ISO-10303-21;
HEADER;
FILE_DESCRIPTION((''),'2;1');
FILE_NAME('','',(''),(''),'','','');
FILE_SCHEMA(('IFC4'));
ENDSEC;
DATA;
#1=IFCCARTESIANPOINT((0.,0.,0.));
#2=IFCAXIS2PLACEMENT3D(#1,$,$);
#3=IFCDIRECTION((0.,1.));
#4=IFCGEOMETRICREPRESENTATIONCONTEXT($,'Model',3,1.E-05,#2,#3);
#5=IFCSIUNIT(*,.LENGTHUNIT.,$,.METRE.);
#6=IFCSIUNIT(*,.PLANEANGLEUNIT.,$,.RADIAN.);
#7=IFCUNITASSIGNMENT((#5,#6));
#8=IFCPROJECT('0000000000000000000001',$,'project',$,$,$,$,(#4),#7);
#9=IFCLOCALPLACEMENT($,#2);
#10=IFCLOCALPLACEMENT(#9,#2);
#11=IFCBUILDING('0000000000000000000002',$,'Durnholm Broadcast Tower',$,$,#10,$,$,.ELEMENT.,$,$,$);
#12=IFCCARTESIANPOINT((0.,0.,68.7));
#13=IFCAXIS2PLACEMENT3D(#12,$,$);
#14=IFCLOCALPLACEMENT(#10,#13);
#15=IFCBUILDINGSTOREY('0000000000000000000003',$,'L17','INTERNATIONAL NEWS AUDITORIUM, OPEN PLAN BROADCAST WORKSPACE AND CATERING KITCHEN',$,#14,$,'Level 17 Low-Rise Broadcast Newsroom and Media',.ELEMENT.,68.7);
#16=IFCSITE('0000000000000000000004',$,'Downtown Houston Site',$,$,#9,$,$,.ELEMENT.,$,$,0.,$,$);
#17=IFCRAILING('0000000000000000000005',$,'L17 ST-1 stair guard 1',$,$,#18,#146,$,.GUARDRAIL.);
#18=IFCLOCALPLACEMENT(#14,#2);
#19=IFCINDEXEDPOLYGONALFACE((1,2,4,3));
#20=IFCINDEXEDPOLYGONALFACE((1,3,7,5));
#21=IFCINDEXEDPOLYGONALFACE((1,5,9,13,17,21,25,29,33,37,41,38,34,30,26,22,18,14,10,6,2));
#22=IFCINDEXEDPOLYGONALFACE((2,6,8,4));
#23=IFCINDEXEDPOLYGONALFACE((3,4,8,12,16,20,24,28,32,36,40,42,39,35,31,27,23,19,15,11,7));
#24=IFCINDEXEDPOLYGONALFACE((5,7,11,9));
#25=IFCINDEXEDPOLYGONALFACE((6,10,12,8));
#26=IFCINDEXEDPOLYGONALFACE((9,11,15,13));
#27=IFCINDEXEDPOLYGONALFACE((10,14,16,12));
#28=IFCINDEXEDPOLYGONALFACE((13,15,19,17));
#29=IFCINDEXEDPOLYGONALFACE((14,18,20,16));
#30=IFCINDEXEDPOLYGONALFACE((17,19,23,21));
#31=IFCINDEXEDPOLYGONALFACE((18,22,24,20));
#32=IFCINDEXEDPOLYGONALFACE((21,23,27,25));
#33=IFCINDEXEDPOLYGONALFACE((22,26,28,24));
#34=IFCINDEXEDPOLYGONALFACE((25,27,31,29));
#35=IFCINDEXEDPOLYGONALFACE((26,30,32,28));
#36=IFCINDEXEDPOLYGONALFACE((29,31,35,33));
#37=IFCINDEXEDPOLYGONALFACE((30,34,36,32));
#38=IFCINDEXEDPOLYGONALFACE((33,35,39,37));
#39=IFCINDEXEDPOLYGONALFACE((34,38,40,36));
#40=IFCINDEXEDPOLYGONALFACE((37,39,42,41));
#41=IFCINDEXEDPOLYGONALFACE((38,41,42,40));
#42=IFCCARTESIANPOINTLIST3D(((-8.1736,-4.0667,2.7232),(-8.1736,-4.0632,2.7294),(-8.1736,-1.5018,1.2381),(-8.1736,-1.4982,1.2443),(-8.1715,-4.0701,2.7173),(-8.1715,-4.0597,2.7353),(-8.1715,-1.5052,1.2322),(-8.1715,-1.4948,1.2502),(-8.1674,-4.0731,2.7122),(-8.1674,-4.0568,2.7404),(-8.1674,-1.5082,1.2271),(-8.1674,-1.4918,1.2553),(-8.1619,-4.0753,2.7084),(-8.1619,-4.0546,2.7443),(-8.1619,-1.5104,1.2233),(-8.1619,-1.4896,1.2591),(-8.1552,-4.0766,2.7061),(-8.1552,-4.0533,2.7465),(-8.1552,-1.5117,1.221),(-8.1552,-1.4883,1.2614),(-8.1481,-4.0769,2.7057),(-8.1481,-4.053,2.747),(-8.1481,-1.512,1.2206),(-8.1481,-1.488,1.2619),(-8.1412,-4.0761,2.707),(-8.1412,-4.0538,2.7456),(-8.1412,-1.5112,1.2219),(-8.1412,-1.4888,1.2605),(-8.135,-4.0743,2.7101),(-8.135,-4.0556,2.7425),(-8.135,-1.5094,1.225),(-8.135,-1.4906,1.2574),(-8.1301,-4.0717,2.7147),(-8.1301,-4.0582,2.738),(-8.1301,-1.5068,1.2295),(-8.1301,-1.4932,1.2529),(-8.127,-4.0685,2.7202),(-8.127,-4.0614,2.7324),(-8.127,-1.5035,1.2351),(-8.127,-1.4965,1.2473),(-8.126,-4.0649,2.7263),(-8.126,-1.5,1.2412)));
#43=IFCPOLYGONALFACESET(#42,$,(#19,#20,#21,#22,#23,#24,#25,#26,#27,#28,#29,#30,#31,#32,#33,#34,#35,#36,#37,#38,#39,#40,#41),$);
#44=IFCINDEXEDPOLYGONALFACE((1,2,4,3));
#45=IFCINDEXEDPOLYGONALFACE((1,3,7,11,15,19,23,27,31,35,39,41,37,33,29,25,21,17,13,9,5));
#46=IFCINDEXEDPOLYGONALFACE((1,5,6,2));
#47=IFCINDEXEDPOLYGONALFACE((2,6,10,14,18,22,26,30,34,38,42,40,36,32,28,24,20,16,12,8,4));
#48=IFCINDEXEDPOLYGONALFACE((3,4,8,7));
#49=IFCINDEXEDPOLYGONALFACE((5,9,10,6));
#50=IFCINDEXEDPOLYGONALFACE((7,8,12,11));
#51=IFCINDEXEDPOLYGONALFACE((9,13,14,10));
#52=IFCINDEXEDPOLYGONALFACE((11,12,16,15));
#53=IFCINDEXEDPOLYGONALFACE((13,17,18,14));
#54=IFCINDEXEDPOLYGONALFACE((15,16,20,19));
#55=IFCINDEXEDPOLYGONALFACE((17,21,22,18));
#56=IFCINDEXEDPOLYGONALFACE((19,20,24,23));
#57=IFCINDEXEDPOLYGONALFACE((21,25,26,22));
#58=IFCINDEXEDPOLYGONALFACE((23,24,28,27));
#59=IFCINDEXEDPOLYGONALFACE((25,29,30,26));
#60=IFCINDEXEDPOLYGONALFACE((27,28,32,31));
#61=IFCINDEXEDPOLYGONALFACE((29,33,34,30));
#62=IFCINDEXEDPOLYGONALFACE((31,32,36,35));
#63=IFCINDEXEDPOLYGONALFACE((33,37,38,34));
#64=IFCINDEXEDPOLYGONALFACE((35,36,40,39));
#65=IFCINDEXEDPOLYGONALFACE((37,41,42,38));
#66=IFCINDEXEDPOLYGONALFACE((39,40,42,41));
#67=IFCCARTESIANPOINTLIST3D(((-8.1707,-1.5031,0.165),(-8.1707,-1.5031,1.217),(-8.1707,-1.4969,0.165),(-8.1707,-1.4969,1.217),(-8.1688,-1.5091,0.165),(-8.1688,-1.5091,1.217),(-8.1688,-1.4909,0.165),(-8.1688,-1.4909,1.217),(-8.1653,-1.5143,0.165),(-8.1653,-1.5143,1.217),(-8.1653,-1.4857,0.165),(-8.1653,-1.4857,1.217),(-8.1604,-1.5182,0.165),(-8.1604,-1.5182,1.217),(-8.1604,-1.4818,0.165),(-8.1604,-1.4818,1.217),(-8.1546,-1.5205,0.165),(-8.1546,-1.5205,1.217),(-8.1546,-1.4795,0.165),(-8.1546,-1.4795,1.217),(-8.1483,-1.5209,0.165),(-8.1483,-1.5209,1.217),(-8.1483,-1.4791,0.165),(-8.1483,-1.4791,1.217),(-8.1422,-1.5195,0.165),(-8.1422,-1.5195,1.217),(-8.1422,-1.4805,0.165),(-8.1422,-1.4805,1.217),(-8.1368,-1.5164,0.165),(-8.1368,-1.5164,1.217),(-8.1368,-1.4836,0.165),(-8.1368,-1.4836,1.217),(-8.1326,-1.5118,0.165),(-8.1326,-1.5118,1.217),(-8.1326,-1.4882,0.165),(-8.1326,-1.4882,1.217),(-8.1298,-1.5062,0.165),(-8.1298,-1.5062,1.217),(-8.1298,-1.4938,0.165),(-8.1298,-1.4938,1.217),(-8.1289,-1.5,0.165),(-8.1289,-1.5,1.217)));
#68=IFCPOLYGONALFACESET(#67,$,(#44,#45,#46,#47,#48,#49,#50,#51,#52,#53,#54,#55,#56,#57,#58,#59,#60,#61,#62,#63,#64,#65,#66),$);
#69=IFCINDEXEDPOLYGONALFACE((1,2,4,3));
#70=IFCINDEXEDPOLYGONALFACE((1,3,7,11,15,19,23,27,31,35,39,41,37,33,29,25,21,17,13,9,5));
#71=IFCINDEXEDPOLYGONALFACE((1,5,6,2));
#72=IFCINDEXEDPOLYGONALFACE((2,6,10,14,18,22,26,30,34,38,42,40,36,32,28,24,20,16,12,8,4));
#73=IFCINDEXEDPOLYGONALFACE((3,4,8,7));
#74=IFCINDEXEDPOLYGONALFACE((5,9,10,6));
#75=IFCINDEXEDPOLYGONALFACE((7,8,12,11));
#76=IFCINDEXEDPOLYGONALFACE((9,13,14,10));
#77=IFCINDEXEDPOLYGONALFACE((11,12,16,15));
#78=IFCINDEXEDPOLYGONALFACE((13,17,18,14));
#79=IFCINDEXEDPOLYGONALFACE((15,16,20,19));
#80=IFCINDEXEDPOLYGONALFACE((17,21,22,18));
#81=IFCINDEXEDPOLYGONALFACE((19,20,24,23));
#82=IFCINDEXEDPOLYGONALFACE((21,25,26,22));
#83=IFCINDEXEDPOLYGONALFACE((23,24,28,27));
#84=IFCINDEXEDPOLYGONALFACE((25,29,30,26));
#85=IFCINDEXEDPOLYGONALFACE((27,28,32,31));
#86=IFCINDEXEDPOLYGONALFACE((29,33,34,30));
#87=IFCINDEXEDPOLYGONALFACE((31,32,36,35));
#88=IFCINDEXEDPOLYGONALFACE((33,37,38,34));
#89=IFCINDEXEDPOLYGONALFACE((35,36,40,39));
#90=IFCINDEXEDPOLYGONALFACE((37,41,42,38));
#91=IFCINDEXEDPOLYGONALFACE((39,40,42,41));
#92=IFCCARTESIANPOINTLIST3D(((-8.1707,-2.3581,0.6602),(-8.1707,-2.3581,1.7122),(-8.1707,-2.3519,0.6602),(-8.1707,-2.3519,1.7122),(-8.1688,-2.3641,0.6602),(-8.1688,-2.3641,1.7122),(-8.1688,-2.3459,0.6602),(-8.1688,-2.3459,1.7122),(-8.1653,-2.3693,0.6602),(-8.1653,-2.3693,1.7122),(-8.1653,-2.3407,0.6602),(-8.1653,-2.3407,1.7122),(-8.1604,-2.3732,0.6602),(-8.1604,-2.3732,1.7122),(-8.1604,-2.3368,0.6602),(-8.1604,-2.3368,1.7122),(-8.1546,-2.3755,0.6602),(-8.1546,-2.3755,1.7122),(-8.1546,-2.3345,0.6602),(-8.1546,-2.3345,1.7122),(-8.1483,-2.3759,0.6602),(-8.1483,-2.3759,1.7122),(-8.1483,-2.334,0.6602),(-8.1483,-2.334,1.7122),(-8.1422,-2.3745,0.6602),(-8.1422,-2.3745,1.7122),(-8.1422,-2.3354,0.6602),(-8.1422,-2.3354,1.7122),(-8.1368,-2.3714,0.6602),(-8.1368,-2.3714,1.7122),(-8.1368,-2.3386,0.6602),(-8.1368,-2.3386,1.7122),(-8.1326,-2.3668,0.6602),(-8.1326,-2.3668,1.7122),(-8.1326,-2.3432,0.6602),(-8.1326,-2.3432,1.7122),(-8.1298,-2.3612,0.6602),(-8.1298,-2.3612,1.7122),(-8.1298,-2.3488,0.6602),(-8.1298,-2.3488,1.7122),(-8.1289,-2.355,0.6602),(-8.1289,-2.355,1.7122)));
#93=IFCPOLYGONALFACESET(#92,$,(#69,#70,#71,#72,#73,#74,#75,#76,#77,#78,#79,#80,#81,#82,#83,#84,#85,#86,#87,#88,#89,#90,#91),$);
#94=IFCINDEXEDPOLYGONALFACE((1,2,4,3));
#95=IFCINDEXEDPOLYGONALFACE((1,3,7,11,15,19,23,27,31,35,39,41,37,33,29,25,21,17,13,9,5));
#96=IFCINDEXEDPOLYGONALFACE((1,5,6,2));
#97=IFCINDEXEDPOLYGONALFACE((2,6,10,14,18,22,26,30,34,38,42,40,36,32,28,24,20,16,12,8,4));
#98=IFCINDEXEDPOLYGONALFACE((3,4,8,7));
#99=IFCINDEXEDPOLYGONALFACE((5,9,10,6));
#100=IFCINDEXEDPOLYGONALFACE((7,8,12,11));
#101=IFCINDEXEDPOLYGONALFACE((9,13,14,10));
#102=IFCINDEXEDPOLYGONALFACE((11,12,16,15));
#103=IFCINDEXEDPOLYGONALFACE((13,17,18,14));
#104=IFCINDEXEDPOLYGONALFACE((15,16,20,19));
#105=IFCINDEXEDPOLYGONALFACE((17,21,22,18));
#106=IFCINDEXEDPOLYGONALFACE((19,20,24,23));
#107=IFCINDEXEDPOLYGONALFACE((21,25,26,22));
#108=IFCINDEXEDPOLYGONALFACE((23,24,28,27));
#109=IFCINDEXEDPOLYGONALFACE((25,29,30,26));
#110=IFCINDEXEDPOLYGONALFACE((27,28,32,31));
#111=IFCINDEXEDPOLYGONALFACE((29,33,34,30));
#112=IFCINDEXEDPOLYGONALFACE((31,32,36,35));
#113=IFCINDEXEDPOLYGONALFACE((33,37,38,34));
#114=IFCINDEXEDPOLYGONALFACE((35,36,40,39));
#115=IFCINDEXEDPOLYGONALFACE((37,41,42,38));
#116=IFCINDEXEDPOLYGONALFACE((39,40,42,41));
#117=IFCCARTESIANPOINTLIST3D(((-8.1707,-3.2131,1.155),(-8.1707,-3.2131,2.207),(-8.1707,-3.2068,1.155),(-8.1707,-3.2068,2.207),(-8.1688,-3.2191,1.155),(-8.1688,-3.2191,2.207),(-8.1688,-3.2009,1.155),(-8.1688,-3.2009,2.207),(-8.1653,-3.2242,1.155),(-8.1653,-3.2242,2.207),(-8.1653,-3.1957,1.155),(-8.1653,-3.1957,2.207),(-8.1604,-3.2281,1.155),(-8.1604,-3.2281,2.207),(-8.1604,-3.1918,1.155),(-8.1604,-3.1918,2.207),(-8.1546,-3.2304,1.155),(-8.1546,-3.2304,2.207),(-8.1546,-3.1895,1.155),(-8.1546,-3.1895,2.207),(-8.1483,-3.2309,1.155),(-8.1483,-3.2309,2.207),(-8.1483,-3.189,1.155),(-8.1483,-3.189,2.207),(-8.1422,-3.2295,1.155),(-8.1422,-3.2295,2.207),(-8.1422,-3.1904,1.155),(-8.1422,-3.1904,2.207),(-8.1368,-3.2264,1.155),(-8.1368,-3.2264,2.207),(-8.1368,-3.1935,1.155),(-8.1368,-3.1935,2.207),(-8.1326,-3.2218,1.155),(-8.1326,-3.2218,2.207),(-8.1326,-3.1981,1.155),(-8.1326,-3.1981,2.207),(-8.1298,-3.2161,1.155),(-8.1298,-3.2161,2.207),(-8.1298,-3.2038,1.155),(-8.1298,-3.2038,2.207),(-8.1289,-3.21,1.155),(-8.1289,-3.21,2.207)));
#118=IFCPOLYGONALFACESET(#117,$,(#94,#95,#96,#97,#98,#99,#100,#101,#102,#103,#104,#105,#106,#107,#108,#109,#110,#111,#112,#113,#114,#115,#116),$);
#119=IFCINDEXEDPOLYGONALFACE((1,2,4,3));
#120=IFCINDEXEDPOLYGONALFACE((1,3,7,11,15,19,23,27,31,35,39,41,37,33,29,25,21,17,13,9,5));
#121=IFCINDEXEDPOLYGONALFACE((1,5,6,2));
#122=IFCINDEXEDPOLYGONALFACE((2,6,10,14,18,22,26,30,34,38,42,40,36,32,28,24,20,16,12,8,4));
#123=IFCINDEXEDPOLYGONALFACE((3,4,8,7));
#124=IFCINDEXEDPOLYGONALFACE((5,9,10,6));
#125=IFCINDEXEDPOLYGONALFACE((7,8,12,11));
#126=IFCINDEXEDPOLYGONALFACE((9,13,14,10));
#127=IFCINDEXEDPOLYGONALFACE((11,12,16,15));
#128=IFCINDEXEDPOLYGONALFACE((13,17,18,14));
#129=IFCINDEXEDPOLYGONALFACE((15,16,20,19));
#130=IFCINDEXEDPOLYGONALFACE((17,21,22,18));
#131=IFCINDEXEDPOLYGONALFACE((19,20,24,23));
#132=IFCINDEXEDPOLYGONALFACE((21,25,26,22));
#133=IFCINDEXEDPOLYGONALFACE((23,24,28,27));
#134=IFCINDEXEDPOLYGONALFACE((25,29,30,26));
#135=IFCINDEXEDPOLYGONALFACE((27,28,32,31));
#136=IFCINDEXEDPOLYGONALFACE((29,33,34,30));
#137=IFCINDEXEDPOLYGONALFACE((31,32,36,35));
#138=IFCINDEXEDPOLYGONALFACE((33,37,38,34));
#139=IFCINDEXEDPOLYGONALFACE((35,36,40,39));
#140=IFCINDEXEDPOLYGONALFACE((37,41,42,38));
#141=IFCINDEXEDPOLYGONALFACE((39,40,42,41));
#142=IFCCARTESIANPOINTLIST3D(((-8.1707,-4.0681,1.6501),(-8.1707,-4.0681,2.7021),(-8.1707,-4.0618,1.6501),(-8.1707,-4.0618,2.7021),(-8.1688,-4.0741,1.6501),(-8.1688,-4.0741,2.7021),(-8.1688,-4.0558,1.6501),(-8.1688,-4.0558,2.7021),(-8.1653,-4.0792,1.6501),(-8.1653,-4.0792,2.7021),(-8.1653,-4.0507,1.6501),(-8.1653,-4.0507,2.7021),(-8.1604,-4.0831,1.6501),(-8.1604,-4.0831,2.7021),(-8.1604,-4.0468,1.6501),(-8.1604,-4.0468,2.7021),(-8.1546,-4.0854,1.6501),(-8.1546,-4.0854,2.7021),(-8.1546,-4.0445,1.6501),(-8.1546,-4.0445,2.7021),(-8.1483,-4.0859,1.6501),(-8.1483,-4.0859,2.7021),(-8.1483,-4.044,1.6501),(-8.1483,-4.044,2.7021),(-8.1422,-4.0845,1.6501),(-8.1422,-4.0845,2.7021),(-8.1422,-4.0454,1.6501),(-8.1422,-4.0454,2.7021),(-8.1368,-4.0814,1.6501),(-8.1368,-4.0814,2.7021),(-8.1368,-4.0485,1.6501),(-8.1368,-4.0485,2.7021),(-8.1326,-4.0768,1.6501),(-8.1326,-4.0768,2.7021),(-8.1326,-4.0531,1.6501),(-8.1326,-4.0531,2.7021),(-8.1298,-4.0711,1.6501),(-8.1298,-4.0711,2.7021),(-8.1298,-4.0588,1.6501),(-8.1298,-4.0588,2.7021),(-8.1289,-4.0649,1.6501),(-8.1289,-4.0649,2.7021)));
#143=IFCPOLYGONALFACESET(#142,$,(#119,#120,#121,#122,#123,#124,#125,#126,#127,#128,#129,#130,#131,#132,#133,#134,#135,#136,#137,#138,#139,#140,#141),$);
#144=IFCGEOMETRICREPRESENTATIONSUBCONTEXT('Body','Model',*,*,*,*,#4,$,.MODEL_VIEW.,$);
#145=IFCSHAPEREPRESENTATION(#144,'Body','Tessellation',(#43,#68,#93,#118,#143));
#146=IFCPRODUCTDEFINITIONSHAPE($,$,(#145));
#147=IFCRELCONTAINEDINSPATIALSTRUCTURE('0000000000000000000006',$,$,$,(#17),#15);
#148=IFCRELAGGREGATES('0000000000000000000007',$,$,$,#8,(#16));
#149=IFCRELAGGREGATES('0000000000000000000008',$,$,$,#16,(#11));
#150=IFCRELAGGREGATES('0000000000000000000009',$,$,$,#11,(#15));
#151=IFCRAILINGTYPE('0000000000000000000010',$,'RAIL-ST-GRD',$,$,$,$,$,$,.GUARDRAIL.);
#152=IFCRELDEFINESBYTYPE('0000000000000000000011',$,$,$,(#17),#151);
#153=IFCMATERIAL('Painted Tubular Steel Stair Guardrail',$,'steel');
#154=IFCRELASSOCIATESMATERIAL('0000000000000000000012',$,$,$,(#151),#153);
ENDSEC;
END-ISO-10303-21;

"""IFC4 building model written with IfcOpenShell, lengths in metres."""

from ifc_helpers import new_model, si_unit, direction, frame, origin, origin_2d, place, context, subcontext, project, spatial, circle, extrude, material, type_object, element, save


model = new_model("IFC4")

# Units and contexts
model_context = context("Model", 3, precision=1e-05, world=origin(), true_north=direction((0.0, 1.0)))
body_context = subcontext(model_context, "Body", "Model", "MODEL_VIEW")
ifc_project = project(units=[si_unit("LENGTHUNIT", "METRE"), si_unit("PLANEANGLEUNIT", "RADIAN")], contexts=[model_context])

# Site, building, storey
site_placement = place(None, origin())
site = spatial("IfcSite", under=ifc_project, at=site_placement, Name="Downtown Houston Site", CompositionType="ELEMENT", RefElevation=0.0)
building_placement = place(site_placement, origin())
building = spatial("IfcBuilding", under=site, at=building_placement, Name="Durnholm Broadcast Tower", CompositionType="ELEMENT")
storey_placement = place(building_placement, frame((0.0, 0.0, 68.7)))
storey = spatial("IfcBuildingStorey", under=building, at=storey_placement, Name="L17", Description="INTERNATIONAL NEWS AUDITORIUM, OPEN PLAN BROADCAST WORKSPACE AND CATERING KITCHEN", LongName="Level 17 Low-Rise Broadcast Newsroom and Media", CompositionType="ELEMENT", Elevation=68.7)

# Railing
ifc_material_1 = material(Name="Painted Tubular Steel Stair Guardrail", Category="steel")
railing_type_1 = type_object("IfcRailingType", Name="RAIL-ST-GRD", PredefinedType="GUARDRAIL", material=ifc_material_1)
railing_1_placement = place(storey_placement, frame((-8.1499, -1.5, 0.165)))
element("IfcRailing", 1, at=railing_1_placement, inside=storey, type_object=railing_type_1, Name="L17 ST-1 stair guard 1", PredefinedType="GUARDRAIL", context=body_context, shape_type="SweptSolid", body=[
    extrude(circle(Radius=0.0239, at=origin_2d()), frame((0.0, 0.0, 1.0762), z_axis=(0.0, -0.865406, 0.501072), x_axis=(1.0, 0.0, 0.0)), (0.0, 0.0, 1.0), 2.9639),
    extrude(circle(Radius=0.021, at=origin_2d()), origin(), (0.0, 0.0, 1.0), 1.052),
    extrude(circle(Radius=0.021, at=origin_2d()), frame((0.0, -0.855, 0.4951)), (0.0, 0.0, 1.0), 1.052),
    extrude(circle(Radius=0.021, at=origin_2d()), frame((0.0, -1.71, 0.99)), (0.0, 0.0, 1.0), 1.052),
    extrude(circle(Radius=0.021, at=origin_2d()), frame((0.0, -2.5649, 1.4851)), (0.0, 0.0, 1.0), 1.052),
])

save(model, "model.ifc")
